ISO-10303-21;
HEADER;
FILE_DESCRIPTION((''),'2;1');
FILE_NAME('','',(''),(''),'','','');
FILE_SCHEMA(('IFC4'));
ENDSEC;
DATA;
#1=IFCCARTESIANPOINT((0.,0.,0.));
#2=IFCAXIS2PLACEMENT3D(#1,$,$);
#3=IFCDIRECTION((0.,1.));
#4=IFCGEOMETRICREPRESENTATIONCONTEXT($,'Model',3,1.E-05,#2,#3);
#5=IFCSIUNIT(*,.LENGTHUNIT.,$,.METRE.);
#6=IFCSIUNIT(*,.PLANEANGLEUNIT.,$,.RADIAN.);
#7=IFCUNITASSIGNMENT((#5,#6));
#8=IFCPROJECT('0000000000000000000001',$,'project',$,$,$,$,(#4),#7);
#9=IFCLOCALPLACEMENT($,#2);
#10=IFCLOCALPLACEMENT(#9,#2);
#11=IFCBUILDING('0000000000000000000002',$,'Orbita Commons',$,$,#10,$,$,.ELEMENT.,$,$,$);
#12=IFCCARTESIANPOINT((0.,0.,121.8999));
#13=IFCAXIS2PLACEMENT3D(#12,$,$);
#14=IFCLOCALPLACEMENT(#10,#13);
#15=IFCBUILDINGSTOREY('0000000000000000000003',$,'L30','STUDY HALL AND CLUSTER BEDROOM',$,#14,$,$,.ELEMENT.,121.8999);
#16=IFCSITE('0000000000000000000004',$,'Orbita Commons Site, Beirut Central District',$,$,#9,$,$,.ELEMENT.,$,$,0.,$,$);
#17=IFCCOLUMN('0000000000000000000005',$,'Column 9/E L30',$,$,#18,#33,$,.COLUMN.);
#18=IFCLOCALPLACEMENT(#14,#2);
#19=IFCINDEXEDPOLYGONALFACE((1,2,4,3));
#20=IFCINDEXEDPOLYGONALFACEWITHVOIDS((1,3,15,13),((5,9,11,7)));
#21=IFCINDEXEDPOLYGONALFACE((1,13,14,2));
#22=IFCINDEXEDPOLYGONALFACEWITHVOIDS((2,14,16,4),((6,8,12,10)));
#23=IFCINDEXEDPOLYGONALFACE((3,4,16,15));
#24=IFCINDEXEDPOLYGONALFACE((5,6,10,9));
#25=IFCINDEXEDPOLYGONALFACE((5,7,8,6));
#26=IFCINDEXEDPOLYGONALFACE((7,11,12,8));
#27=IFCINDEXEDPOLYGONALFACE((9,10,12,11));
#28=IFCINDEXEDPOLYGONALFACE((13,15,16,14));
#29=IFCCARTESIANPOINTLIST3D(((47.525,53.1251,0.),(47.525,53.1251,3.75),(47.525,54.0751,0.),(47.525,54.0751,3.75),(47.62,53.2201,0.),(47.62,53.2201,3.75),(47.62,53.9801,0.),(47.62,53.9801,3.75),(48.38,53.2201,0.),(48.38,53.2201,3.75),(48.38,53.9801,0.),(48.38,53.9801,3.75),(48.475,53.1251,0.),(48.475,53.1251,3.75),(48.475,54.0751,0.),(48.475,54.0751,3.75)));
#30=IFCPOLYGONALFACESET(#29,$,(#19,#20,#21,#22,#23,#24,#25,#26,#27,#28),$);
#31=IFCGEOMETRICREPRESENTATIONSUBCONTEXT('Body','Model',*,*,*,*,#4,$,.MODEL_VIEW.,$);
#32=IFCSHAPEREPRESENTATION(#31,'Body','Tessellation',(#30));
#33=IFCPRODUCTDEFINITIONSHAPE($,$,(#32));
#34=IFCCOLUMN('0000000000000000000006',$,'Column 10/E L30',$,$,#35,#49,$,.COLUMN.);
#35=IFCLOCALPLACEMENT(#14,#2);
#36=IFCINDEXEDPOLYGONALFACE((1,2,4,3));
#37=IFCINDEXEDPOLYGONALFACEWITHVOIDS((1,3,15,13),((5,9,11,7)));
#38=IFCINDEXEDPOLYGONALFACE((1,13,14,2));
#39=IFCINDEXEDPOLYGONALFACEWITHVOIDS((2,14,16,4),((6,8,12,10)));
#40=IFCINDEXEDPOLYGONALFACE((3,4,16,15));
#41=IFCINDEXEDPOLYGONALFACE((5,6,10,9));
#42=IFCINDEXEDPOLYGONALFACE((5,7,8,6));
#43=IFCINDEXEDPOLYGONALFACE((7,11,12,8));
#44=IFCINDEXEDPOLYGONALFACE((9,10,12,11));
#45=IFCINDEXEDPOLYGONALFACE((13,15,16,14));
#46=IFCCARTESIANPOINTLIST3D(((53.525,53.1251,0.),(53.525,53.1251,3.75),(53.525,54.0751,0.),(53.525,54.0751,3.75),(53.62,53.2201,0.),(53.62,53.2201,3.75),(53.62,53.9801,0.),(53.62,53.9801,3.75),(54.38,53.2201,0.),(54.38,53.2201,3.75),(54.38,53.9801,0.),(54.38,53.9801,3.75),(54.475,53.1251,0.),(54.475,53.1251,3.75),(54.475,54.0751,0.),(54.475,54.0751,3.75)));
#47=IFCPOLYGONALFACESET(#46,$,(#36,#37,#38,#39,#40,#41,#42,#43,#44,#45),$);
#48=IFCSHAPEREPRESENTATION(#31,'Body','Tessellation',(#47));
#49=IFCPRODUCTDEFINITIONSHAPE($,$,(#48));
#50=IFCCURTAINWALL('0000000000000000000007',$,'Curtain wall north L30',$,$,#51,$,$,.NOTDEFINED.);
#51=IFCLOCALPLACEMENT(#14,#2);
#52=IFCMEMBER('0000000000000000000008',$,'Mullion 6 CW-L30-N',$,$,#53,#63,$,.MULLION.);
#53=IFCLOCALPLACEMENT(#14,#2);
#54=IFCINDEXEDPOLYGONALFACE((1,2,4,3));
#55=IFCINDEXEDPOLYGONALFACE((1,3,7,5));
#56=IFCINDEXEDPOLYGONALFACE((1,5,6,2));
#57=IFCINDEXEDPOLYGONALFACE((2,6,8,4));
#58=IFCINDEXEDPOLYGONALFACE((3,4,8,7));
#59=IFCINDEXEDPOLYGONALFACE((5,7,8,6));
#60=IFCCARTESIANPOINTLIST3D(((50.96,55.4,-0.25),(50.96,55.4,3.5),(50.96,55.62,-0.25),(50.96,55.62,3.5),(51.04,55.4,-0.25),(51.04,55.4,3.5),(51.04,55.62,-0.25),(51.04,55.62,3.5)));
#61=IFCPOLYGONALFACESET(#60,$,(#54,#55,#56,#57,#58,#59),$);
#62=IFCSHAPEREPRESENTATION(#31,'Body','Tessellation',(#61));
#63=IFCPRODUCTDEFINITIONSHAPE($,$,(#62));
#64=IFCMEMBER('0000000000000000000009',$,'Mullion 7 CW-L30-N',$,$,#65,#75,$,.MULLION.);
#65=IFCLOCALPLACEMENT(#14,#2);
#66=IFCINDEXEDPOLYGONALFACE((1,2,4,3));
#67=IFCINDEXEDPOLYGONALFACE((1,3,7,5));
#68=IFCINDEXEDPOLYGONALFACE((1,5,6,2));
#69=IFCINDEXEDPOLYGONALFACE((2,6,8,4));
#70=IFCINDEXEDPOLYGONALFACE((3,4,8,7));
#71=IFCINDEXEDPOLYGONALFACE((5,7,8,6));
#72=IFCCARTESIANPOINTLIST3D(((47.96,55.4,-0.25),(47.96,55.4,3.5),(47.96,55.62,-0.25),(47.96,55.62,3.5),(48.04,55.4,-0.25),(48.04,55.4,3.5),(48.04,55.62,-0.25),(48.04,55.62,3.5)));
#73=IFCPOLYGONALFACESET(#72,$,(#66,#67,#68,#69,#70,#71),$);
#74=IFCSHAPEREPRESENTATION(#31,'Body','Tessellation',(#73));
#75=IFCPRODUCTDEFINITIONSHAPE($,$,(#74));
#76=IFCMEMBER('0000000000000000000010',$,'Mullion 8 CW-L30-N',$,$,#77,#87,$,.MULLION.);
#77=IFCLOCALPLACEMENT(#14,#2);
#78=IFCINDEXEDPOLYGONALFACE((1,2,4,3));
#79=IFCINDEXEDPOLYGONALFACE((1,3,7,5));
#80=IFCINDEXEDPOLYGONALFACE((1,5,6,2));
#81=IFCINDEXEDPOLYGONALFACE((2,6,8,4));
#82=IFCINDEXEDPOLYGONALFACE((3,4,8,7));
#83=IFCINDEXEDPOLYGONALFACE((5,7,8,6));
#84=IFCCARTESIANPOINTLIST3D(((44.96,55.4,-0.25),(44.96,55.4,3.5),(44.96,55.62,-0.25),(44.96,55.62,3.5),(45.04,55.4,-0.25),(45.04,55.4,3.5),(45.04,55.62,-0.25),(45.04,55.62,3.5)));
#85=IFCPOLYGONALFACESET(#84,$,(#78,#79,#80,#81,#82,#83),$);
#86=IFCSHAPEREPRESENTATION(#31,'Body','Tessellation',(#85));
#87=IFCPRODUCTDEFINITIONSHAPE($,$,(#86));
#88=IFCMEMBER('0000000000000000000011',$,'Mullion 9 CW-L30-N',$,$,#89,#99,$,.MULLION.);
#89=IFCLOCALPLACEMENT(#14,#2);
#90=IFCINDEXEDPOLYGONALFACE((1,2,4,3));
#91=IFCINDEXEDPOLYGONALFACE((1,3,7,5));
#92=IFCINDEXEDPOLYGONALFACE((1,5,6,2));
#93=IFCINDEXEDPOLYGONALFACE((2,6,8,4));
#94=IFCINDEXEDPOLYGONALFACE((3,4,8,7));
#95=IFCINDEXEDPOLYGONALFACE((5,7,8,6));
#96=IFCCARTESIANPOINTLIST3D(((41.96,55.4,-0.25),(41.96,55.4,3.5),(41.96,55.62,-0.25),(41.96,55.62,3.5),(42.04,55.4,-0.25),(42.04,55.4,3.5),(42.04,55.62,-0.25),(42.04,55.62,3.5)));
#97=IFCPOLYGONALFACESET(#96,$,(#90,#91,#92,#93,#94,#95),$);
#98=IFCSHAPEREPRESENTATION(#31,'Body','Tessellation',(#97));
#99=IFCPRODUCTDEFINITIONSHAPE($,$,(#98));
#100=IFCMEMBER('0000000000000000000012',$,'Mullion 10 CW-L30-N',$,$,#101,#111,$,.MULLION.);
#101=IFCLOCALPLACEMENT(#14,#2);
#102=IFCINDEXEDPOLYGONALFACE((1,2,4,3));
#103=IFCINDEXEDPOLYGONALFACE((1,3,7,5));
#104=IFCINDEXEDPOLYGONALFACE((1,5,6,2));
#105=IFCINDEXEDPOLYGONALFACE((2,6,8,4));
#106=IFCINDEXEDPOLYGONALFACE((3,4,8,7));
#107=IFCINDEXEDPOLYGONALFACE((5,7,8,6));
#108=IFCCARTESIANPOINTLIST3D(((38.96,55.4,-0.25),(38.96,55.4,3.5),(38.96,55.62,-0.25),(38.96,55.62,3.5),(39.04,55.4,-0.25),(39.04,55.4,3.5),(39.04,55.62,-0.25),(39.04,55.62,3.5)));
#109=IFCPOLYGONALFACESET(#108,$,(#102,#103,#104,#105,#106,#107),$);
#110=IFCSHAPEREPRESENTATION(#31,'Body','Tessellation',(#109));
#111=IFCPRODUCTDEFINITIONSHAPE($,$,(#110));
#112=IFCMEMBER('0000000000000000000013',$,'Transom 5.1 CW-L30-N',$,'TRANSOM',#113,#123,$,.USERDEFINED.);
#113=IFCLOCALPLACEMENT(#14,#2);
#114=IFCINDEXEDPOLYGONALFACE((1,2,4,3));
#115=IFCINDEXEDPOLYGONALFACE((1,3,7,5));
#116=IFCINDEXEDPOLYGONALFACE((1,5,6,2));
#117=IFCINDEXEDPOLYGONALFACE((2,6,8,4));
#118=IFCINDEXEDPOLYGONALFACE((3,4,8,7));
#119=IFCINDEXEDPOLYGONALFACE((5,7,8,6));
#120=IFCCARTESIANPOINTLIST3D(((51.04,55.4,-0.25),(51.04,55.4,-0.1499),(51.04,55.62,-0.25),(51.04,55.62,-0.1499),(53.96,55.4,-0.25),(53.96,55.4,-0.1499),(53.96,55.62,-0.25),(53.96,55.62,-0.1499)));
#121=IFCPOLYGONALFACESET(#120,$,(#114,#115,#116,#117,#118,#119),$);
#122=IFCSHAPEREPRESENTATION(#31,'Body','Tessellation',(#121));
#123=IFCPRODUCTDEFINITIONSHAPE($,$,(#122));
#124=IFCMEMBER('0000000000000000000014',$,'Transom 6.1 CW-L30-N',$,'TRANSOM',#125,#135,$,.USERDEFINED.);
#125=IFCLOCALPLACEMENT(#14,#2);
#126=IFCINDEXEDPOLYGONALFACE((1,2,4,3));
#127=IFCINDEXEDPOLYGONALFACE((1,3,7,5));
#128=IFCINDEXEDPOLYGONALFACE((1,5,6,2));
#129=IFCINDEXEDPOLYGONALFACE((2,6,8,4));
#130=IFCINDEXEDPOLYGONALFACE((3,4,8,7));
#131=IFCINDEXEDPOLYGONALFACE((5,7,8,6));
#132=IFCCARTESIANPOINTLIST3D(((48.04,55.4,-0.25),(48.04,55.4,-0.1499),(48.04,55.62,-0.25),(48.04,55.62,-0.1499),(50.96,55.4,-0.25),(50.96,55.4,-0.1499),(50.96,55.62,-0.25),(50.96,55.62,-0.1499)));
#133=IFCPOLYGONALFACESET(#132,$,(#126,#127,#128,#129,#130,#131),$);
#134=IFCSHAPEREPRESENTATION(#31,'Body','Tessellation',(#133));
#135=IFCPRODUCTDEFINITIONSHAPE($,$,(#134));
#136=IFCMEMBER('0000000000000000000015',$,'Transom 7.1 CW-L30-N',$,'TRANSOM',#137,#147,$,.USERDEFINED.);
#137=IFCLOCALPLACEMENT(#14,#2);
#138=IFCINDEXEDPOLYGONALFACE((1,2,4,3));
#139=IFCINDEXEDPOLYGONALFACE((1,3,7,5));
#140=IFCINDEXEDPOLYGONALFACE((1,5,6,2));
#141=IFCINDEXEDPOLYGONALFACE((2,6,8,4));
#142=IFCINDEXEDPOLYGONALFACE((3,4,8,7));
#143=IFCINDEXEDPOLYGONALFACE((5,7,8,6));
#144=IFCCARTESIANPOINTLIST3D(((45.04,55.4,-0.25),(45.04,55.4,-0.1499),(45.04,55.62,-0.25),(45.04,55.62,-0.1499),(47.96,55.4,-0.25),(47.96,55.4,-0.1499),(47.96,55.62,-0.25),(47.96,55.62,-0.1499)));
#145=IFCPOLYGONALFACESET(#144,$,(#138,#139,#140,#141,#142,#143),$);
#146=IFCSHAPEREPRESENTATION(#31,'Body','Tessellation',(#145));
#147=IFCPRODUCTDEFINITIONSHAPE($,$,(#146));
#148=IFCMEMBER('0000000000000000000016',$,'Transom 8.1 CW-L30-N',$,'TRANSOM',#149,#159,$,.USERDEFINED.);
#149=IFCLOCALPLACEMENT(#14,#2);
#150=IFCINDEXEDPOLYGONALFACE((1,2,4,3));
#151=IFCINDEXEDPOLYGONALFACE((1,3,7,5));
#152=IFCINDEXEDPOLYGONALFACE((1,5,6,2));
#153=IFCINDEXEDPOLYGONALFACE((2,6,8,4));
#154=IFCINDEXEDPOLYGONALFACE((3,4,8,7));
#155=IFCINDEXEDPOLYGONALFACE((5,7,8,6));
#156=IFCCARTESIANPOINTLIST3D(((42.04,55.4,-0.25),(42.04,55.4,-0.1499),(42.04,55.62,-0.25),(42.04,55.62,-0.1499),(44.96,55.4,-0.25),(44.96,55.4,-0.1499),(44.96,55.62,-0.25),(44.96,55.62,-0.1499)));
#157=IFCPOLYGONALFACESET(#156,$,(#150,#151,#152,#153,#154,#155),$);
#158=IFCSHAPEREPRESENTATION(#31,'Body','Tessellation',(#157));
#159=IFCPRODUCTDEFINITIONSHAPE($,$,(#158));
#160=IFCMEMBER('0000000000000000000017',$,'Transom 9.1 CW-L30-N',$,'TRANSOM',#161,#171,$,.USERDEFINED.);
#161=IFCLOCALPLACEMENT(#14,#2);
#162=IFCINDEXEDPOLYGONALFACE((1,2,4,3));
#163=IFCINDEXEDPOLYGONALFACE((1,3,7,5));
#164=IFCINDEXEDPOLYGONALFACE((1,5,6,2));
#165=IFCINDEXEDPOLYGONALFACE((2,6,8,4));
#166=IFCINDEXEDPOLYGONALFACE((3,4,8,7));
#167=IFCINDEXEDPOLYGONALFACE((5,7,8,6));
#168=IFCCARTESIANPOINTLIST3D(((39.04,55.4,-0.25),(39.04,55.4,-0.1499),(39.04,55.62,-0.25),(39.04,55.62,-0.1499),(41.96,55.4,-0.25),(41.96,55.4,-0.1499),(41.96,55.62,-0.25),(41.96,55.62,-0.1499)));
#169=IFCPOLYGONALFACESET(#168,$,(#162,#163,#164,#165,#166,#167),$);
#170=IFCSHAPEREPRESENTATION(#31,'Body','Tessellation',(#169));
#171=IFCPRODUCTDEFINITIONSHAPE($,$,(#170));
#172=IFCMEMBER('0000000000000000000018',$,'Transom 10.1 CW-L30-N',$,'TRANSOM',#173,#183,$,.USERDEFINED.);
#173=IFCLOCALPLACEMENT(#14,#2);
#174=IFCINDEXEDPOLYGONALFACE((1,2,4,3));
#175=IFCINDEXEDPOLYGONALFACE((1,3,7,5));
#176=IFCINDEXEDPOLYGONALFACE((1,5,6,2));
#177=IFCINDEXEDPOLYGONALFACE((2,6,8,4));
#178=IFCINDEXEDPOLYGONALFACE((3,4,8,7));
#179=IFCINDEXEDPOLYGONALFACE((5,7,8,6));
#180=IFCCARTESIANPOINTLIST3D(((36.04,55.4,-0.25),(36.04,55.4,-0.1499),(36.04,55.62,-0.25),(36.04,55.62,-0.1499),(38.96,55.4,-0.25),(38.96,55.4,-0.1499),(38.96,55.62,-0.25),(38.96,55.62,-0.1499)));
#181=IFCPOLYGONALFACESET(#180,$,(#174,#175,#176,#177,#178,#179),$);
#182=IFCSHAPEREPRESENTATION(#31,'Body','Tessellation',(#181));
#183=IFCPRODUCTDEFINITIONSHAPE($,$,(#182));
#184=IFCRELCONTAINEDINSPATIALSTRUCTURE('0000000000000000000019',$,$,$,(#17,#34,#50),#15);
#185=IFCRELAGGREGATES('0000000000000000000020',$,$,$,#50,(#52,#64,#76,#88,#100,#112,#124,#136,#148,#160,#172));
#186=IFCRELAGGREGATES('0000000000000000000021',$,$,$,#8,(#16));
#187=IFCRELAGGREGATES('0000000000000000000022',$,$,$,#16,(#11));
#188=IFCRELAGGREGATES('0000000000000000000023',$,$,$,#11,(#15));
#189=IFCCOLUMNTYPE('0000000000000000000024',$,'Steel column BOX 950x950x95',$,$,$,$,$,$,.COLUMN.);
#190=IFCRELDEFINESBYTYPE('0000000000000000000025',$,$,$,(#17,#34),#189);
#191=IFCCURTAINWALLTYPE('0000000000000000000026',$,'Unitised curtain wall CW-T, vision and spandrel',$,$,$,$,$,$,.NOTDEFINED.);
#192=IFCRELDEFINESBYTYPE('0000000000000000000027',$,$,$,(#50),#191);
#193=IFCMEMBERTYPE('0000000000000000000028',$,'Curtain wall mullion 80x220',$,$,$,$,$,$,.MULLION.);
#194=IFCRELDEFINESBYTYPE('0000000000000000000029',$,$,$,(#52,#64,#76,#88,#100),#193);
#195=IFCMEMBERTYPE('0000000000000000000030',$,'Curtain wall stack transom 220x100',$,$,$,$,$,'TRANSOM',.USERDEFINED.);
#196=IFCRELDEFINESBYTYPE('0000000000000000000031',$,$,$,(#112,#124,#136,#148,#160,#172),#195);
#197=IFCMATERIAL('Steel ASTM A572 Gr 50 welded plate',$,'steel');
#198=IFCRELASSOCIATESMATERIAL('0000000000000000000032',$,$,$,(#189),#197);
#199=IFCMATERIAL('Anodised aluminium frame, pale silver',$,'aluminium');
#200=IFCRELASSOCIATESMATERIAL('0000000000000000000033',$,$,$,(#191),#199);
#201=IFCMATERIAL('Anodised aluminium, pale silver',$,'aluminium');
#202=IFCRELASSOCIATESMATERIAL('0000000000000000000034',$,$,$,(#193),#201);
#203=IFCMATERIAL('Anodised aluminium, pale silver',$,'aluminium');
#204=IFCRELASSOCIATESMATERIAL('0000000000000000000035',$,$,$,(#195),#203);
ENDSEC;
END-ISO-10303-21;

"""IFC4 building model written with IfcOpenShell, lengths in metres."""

from ifc_helpers import new_model, si_unit, direction, frame, origin, origin_2d, place, context, subcontext, project, spatial, rectangle, hollow_rectangle, extrude, material, material_profile, profile_set, type_object, element, aggregate, save


model = new_model("IFC4")

# Units and contexts
model_context = context("Model", 3, precision=1e-05, world=origin(), true_north=direction((0.0, 1.0)))
body_context = subcontext(model_context, "Body", "Model", "MODEL_VIEW")
ifc_project = project(units=[si_unit("LENGTHUNIT", "METRE"), si_unit("PLANEANGLEUNIT", "RADIAN")], contexts=[model_context])

# Site, building, storey
site_placement = place(None, origin())
site = spatial("IfcSite", under=ifc_project, at=site_placement, Name="Orbita Commons Site, Beirut Central District", CompositionType="ELEMENT", RefElevation=0.0)
building_placement = place(site_placement, origin())
building = spatial("IfcBuilding", under=site, at=building_placement, Name="Orbita Commons", CompositionType="ELEMENT")
storey_placement = place(building_placement, frame((0.0, 0.0, 121.8999)))
storey = spatial("IfcBuildingStorey", under=building, at=storey_placement, Name="L30", Description="STUDY HALL AND CLUSTER BEDROOM", CompositionType="ELEMENT", Elevation=121.8999)

# Columns
ifc_material_1 = material(Name="Steel ASTM A572 Gr 50 welded plate", Category="steel")
ifc_material_profile_1 = material_profile(ifc_material_1, hollow_rectangle(XDim=0.95, YDim=0.95, WallThickness=0.095, at=origin_2d()), Name="BOX 950x950x95")
ifc_profile_set_1 = profile_set([ifc_material_profile_1], Name="Steel ASTM A572 Gr 50 welded plate")
column_type = type_object("IfcColumnType", Name="Steel column BOX 950x950x95", PredefinedType="COLUMN", material=ifc_profile_set_1)
for number, where, z_axis, x_axis, name in (
    (1, (48.0, 53.6001, 0.0), (0.0, 0.0, 1.0), (1.0, 0.0, 0.0), "Column 9/E L30"),
    (2, (54.0, 53.6001, 0.0), (0.0, 0.0, 1.0), (1.0, 0.0, 0.0), "Column 10/E L30"),
):
    element("IfcColumn", number, at=place(storey_placement, frame(where, z_axis=z_axis, x_axis=x_axis)), inside=storey, type_object=column_type, Name=name, PredefinedType="COLUMN", context=body_context, shape_type="SweptSolid", body=[
        extrude(hollow_rectangle(XDim=0.95, YDim=0.95, WallThickness=0.095, at=origin_2d()), origin(), (0.0, 0.0, 1.0), 3.75),
    ])

# Curtain wall, members
ifc_material_2 = material(Name="Anodised aluminium frame, pale silver", Category="aluminium")
curtain_wall_type = type_object("IfcCurtainWallType", Name="Unitised curtain wall CW-T, vision and spandrel", PredefinedType="NOTDEFINED", material=ifc_material_2)
curtain_wall_placement = place(storey_placement, origin())
curtain_wall = element("IfcCurtainWall", 3, at=curtain_wall_placement, inside=storey, type_object=curtain_wall_type, Name="Curtain wall north L30", PredefinedType="NOTDEFINED")
ifc_material_3 = material(Name="Anodised aluminium, pale silver", Category="aluminium")
ifc_material_profile_2 = material_profile(ifc_material_3, rectangle(XDim=0.0801, YDim=0.22, at=origin_2d()), Name="AL 80x220")
ifc_profile_set_2 = profile_set([ifc_material_profile_2], Name="Anodised aluminium, pale silver")
member_type_1 = type_object("IfcMemberType", Name="Curtain wall mullion 80x220", PredefinedType="MULLION", material=ifc_profile_set_2)
member_1_placement = place(storey_placement, frame((51.0, 55.51, -0.25), z_axis=(0.0, 0.0, 1.0), x_axis=(-1.0, 0.0, 0.0)))
member_1 = element("IfcMember", 4, at=member_1_placement, type_object=member_type_1, Name="Mullion 6 CW-L30-N", PredefinedType="MULLION", context=body_context, shape_type="SweptSolid", body=[
    extrude(rectangle(XDim=0.0801, YDim=0.22, at=origin_2d()), origin(), (0.0, 0.0, 1.0), 3.75),
])
member_2_placement = place(storey_placement, frame((48.0, 55.51, -0.25), z_axis=(0.0, 0.0, 1.0), x_axis=(-1.0, 0.0, 0.0)))
member_2 = element("IfcMember", 5, at=member_2_placement, type_object=member_type_1, Name="Mullion 7 CW-L30-N", PredefinedType="MULLION", context=body_context, shape_type="SweptSolid", body=[
    extrude(rectangle(XDim=0.0801, YDim=0.22, at=origin_2d()), origin(), (0.0, 0.0, 1.0), 3.75),
])
member_3_placement = place(storey_placement, frame((45.0, 55.51, -0.25), z_axis=(0.0, 0.0, 1.0), x_axis=(-1.0, 0.0, 0.0)))
member_3 = element("IfcMember", 6, at=member_3_placement, type_object=member_type_1, Name="Mullion 8 CW-L30-N", PredefinedType="MULLION", context=body_context, shape_type="SweptSolid", body=[
    extrude(rectangle(XDim=0.0801, YDim=0.22, at=origin_2d()), origin(), (0.0, 0.0, 1.0), 3.75),
])
member_4_placement = place(storey_placement, frame((42.0, 55.51, -0.25), z_axis=(0.0, 0.0, 1.0), x_axis=(-1.0, 0.0, 0.0)))
member_4 = element("IfcMember", 7, at=member_4_placement, type_object=member_type_1, Name="Mullion 9 CW-L30-N", PredefinedType="MULLION", context=body_context, shape_type="SweptSolid", body=[
    extrude(rectangle(XDim=0.0801, YDim=0.22, at=origin_2d()), origin(), (0.0, 0.0, 1.0), 3.75),
])
member_5_placement = place(storey_placement, frame((39.0, 55.51, -0.25), z_axis=(0.0, 0.0, 1.0), x_axis=(-1.0, 0.0, 0.0)))
member_5 = element("IfcMember", 8, at=member_5_placement, type_object=member_type_1, Name="Mullion 10 CW-L30-N", PredefinedType="MULLION", context=body_context, shape_type="SweptSolid", body=[
    extrude(rectangle(XDim=0.0801, YDim=0.22, at=origin_2d()), origin(), (0.0, 0.0, 1.0), 3.75),
])
ifc_material_4 = material(Name="Anodised aluminium, pale silver", Category="aluminium")
ifc_material_profile_3 = material_profile(ifc_material_4, rectangle(XDim=0.22, YDim=0.1001, at=origin_2d()), Name="AL 220x100")
ifc_profile_set_3 = profile_set([ifc_material_profile_3], Name="Anodised aluminium, pale silver")
member_type_2 = type_object("IfcMemberType", Name="Curtain wall stack transom 220x100", ElementType="TRANSOM", PredefinedType="USERDEFINED", material=ifc_profile_set_3)
member_6_placement = place(storey_placement, frame((53.96, 55.51, -0.2), z_axis=(-1.0, 0.0, 0.0), x_axis=(0.0, -1.0, 0.0)))
member_6 = element("IfcMember", 9, at=member_6_placement, type_object=member_type_2, Name="Transom 5.1 CW-L30-N", ObjectType="TRANSOM", PredefinedType="USERDEFINED", context=body_context, shape_type="SweptSolid", body=[
    extrude(rectangle(XDim=0.22, YDim=0.1001, at=origin_2d()), origin(), (0.0, 0.0, 1.0), 2.9199),
])
member_7_placement = place(storey_placement, frame((50.96, 55.51, -0.2), z_axis=(-1.0, 0.0, 0.0), x_axis=(0.0, -1.0, 0.0)))
member_7 = element("IfcMember", 10, at=member_7_placement, type_object=member_type_2, Name="Transom 6.1 CW-L30-N", ObjectType="TRANSOM", PredefinedType="USERDEFINED", context=body_context, shape_type="SweptSolid", body=[
    extrude(rectangle(XDim=0.22, YDim=0.1001, at=origin_2d()), origin(), (0.0, 0.0, 1.0), 2.9199),
])
member_8_placement = place(storey_placement, frame((47.96, 55.51, -0.2), z_axis=(-1.0, 0.0, 0.0), x_axis=(0.0, -1.0, 0.0)))
member_8 = element("IfcMember", 11, at=member_8_placement, type_object=member_type_2, Name="Transom 7.1 CW-L30-N", ObjectType="TRANSOM", PredefinedType="USERDEFINED", context=body_context, shape_type="SweptSolid", body=[
    extrude(rectangle(XDim=0.22, YDim=0.1001, at=origin_2d()), origin(), (0.0, 0.0, 1.0), 2.9199),
])
member_9_placement = place(storey_placement, frame((44.96, 55.51, -0.2), z_axis=(-1.0, 0.0, 0.0), x_axis=(0.0, -1.0, 0.0)))
member_9 = element("IfcMember", 12, at=member_9_placement, type_object=member_type_2, Name="Transom 8.1 CW-L30-N", ObjectType="TRANSOM", PredefinedType="USERDEFINED", context=body_context, shape_type="SweptSolid", body=[
    extrude(rectangle(XDim=0.22, YDim=0.1001, at=origin_2d()), origin(), (0.0, 0.0, 1.0), 2.9199),
])
member_10_placement = place(storey_placement, frame((41.96, 55.51, -0.2), z_axis=(-1.0, 0.0, 0.0), x_axis=(0.0, -1.0, 0.0)))
member_10 = element("IfcMember", 13, at=member_10_placement, type_object=member_type_2, Name="Transom 9.1 CW-L30-N", ObjectType="TRANSOM", PredefinedType="USERDEFINED", context=body_context, shape_type="SweptSolid", body=[
    extrude(rectangle(XDim=0.22, YDim=0.1001, at=origin_2d()), origin(), (0.0, 0.0, 1.0), 2.9199),
])
member_11_placement = place(storey_placement, frame((38.96, 55.51, -0.2), z_axis=(-1.0, 0.0, 0.0), x_axis=(0.0, -1.0, 0.0)))
member_11 = element("IfcMember", 14, at=member_11_placement, type_object=member_type_2, Name="Transom 10.1 CW-L30-N", ObjectType="TRANSOM", PredefinedType="USERDEFINED", context=body_context, shape_type="SweptSolid", body=[
    extrude(rectangle(XDim=0.22, YDim=0.1001, at=origin_2d()), origin(), (0.0, 0.0, 1.0), 2.9199),
])

aggregate(curtain_wall, [member_1, member_2, member_3, member_4, member_5, member_6, member_7, member_8, member_9, member_10, member_11])

save(model, "model.ifc")
